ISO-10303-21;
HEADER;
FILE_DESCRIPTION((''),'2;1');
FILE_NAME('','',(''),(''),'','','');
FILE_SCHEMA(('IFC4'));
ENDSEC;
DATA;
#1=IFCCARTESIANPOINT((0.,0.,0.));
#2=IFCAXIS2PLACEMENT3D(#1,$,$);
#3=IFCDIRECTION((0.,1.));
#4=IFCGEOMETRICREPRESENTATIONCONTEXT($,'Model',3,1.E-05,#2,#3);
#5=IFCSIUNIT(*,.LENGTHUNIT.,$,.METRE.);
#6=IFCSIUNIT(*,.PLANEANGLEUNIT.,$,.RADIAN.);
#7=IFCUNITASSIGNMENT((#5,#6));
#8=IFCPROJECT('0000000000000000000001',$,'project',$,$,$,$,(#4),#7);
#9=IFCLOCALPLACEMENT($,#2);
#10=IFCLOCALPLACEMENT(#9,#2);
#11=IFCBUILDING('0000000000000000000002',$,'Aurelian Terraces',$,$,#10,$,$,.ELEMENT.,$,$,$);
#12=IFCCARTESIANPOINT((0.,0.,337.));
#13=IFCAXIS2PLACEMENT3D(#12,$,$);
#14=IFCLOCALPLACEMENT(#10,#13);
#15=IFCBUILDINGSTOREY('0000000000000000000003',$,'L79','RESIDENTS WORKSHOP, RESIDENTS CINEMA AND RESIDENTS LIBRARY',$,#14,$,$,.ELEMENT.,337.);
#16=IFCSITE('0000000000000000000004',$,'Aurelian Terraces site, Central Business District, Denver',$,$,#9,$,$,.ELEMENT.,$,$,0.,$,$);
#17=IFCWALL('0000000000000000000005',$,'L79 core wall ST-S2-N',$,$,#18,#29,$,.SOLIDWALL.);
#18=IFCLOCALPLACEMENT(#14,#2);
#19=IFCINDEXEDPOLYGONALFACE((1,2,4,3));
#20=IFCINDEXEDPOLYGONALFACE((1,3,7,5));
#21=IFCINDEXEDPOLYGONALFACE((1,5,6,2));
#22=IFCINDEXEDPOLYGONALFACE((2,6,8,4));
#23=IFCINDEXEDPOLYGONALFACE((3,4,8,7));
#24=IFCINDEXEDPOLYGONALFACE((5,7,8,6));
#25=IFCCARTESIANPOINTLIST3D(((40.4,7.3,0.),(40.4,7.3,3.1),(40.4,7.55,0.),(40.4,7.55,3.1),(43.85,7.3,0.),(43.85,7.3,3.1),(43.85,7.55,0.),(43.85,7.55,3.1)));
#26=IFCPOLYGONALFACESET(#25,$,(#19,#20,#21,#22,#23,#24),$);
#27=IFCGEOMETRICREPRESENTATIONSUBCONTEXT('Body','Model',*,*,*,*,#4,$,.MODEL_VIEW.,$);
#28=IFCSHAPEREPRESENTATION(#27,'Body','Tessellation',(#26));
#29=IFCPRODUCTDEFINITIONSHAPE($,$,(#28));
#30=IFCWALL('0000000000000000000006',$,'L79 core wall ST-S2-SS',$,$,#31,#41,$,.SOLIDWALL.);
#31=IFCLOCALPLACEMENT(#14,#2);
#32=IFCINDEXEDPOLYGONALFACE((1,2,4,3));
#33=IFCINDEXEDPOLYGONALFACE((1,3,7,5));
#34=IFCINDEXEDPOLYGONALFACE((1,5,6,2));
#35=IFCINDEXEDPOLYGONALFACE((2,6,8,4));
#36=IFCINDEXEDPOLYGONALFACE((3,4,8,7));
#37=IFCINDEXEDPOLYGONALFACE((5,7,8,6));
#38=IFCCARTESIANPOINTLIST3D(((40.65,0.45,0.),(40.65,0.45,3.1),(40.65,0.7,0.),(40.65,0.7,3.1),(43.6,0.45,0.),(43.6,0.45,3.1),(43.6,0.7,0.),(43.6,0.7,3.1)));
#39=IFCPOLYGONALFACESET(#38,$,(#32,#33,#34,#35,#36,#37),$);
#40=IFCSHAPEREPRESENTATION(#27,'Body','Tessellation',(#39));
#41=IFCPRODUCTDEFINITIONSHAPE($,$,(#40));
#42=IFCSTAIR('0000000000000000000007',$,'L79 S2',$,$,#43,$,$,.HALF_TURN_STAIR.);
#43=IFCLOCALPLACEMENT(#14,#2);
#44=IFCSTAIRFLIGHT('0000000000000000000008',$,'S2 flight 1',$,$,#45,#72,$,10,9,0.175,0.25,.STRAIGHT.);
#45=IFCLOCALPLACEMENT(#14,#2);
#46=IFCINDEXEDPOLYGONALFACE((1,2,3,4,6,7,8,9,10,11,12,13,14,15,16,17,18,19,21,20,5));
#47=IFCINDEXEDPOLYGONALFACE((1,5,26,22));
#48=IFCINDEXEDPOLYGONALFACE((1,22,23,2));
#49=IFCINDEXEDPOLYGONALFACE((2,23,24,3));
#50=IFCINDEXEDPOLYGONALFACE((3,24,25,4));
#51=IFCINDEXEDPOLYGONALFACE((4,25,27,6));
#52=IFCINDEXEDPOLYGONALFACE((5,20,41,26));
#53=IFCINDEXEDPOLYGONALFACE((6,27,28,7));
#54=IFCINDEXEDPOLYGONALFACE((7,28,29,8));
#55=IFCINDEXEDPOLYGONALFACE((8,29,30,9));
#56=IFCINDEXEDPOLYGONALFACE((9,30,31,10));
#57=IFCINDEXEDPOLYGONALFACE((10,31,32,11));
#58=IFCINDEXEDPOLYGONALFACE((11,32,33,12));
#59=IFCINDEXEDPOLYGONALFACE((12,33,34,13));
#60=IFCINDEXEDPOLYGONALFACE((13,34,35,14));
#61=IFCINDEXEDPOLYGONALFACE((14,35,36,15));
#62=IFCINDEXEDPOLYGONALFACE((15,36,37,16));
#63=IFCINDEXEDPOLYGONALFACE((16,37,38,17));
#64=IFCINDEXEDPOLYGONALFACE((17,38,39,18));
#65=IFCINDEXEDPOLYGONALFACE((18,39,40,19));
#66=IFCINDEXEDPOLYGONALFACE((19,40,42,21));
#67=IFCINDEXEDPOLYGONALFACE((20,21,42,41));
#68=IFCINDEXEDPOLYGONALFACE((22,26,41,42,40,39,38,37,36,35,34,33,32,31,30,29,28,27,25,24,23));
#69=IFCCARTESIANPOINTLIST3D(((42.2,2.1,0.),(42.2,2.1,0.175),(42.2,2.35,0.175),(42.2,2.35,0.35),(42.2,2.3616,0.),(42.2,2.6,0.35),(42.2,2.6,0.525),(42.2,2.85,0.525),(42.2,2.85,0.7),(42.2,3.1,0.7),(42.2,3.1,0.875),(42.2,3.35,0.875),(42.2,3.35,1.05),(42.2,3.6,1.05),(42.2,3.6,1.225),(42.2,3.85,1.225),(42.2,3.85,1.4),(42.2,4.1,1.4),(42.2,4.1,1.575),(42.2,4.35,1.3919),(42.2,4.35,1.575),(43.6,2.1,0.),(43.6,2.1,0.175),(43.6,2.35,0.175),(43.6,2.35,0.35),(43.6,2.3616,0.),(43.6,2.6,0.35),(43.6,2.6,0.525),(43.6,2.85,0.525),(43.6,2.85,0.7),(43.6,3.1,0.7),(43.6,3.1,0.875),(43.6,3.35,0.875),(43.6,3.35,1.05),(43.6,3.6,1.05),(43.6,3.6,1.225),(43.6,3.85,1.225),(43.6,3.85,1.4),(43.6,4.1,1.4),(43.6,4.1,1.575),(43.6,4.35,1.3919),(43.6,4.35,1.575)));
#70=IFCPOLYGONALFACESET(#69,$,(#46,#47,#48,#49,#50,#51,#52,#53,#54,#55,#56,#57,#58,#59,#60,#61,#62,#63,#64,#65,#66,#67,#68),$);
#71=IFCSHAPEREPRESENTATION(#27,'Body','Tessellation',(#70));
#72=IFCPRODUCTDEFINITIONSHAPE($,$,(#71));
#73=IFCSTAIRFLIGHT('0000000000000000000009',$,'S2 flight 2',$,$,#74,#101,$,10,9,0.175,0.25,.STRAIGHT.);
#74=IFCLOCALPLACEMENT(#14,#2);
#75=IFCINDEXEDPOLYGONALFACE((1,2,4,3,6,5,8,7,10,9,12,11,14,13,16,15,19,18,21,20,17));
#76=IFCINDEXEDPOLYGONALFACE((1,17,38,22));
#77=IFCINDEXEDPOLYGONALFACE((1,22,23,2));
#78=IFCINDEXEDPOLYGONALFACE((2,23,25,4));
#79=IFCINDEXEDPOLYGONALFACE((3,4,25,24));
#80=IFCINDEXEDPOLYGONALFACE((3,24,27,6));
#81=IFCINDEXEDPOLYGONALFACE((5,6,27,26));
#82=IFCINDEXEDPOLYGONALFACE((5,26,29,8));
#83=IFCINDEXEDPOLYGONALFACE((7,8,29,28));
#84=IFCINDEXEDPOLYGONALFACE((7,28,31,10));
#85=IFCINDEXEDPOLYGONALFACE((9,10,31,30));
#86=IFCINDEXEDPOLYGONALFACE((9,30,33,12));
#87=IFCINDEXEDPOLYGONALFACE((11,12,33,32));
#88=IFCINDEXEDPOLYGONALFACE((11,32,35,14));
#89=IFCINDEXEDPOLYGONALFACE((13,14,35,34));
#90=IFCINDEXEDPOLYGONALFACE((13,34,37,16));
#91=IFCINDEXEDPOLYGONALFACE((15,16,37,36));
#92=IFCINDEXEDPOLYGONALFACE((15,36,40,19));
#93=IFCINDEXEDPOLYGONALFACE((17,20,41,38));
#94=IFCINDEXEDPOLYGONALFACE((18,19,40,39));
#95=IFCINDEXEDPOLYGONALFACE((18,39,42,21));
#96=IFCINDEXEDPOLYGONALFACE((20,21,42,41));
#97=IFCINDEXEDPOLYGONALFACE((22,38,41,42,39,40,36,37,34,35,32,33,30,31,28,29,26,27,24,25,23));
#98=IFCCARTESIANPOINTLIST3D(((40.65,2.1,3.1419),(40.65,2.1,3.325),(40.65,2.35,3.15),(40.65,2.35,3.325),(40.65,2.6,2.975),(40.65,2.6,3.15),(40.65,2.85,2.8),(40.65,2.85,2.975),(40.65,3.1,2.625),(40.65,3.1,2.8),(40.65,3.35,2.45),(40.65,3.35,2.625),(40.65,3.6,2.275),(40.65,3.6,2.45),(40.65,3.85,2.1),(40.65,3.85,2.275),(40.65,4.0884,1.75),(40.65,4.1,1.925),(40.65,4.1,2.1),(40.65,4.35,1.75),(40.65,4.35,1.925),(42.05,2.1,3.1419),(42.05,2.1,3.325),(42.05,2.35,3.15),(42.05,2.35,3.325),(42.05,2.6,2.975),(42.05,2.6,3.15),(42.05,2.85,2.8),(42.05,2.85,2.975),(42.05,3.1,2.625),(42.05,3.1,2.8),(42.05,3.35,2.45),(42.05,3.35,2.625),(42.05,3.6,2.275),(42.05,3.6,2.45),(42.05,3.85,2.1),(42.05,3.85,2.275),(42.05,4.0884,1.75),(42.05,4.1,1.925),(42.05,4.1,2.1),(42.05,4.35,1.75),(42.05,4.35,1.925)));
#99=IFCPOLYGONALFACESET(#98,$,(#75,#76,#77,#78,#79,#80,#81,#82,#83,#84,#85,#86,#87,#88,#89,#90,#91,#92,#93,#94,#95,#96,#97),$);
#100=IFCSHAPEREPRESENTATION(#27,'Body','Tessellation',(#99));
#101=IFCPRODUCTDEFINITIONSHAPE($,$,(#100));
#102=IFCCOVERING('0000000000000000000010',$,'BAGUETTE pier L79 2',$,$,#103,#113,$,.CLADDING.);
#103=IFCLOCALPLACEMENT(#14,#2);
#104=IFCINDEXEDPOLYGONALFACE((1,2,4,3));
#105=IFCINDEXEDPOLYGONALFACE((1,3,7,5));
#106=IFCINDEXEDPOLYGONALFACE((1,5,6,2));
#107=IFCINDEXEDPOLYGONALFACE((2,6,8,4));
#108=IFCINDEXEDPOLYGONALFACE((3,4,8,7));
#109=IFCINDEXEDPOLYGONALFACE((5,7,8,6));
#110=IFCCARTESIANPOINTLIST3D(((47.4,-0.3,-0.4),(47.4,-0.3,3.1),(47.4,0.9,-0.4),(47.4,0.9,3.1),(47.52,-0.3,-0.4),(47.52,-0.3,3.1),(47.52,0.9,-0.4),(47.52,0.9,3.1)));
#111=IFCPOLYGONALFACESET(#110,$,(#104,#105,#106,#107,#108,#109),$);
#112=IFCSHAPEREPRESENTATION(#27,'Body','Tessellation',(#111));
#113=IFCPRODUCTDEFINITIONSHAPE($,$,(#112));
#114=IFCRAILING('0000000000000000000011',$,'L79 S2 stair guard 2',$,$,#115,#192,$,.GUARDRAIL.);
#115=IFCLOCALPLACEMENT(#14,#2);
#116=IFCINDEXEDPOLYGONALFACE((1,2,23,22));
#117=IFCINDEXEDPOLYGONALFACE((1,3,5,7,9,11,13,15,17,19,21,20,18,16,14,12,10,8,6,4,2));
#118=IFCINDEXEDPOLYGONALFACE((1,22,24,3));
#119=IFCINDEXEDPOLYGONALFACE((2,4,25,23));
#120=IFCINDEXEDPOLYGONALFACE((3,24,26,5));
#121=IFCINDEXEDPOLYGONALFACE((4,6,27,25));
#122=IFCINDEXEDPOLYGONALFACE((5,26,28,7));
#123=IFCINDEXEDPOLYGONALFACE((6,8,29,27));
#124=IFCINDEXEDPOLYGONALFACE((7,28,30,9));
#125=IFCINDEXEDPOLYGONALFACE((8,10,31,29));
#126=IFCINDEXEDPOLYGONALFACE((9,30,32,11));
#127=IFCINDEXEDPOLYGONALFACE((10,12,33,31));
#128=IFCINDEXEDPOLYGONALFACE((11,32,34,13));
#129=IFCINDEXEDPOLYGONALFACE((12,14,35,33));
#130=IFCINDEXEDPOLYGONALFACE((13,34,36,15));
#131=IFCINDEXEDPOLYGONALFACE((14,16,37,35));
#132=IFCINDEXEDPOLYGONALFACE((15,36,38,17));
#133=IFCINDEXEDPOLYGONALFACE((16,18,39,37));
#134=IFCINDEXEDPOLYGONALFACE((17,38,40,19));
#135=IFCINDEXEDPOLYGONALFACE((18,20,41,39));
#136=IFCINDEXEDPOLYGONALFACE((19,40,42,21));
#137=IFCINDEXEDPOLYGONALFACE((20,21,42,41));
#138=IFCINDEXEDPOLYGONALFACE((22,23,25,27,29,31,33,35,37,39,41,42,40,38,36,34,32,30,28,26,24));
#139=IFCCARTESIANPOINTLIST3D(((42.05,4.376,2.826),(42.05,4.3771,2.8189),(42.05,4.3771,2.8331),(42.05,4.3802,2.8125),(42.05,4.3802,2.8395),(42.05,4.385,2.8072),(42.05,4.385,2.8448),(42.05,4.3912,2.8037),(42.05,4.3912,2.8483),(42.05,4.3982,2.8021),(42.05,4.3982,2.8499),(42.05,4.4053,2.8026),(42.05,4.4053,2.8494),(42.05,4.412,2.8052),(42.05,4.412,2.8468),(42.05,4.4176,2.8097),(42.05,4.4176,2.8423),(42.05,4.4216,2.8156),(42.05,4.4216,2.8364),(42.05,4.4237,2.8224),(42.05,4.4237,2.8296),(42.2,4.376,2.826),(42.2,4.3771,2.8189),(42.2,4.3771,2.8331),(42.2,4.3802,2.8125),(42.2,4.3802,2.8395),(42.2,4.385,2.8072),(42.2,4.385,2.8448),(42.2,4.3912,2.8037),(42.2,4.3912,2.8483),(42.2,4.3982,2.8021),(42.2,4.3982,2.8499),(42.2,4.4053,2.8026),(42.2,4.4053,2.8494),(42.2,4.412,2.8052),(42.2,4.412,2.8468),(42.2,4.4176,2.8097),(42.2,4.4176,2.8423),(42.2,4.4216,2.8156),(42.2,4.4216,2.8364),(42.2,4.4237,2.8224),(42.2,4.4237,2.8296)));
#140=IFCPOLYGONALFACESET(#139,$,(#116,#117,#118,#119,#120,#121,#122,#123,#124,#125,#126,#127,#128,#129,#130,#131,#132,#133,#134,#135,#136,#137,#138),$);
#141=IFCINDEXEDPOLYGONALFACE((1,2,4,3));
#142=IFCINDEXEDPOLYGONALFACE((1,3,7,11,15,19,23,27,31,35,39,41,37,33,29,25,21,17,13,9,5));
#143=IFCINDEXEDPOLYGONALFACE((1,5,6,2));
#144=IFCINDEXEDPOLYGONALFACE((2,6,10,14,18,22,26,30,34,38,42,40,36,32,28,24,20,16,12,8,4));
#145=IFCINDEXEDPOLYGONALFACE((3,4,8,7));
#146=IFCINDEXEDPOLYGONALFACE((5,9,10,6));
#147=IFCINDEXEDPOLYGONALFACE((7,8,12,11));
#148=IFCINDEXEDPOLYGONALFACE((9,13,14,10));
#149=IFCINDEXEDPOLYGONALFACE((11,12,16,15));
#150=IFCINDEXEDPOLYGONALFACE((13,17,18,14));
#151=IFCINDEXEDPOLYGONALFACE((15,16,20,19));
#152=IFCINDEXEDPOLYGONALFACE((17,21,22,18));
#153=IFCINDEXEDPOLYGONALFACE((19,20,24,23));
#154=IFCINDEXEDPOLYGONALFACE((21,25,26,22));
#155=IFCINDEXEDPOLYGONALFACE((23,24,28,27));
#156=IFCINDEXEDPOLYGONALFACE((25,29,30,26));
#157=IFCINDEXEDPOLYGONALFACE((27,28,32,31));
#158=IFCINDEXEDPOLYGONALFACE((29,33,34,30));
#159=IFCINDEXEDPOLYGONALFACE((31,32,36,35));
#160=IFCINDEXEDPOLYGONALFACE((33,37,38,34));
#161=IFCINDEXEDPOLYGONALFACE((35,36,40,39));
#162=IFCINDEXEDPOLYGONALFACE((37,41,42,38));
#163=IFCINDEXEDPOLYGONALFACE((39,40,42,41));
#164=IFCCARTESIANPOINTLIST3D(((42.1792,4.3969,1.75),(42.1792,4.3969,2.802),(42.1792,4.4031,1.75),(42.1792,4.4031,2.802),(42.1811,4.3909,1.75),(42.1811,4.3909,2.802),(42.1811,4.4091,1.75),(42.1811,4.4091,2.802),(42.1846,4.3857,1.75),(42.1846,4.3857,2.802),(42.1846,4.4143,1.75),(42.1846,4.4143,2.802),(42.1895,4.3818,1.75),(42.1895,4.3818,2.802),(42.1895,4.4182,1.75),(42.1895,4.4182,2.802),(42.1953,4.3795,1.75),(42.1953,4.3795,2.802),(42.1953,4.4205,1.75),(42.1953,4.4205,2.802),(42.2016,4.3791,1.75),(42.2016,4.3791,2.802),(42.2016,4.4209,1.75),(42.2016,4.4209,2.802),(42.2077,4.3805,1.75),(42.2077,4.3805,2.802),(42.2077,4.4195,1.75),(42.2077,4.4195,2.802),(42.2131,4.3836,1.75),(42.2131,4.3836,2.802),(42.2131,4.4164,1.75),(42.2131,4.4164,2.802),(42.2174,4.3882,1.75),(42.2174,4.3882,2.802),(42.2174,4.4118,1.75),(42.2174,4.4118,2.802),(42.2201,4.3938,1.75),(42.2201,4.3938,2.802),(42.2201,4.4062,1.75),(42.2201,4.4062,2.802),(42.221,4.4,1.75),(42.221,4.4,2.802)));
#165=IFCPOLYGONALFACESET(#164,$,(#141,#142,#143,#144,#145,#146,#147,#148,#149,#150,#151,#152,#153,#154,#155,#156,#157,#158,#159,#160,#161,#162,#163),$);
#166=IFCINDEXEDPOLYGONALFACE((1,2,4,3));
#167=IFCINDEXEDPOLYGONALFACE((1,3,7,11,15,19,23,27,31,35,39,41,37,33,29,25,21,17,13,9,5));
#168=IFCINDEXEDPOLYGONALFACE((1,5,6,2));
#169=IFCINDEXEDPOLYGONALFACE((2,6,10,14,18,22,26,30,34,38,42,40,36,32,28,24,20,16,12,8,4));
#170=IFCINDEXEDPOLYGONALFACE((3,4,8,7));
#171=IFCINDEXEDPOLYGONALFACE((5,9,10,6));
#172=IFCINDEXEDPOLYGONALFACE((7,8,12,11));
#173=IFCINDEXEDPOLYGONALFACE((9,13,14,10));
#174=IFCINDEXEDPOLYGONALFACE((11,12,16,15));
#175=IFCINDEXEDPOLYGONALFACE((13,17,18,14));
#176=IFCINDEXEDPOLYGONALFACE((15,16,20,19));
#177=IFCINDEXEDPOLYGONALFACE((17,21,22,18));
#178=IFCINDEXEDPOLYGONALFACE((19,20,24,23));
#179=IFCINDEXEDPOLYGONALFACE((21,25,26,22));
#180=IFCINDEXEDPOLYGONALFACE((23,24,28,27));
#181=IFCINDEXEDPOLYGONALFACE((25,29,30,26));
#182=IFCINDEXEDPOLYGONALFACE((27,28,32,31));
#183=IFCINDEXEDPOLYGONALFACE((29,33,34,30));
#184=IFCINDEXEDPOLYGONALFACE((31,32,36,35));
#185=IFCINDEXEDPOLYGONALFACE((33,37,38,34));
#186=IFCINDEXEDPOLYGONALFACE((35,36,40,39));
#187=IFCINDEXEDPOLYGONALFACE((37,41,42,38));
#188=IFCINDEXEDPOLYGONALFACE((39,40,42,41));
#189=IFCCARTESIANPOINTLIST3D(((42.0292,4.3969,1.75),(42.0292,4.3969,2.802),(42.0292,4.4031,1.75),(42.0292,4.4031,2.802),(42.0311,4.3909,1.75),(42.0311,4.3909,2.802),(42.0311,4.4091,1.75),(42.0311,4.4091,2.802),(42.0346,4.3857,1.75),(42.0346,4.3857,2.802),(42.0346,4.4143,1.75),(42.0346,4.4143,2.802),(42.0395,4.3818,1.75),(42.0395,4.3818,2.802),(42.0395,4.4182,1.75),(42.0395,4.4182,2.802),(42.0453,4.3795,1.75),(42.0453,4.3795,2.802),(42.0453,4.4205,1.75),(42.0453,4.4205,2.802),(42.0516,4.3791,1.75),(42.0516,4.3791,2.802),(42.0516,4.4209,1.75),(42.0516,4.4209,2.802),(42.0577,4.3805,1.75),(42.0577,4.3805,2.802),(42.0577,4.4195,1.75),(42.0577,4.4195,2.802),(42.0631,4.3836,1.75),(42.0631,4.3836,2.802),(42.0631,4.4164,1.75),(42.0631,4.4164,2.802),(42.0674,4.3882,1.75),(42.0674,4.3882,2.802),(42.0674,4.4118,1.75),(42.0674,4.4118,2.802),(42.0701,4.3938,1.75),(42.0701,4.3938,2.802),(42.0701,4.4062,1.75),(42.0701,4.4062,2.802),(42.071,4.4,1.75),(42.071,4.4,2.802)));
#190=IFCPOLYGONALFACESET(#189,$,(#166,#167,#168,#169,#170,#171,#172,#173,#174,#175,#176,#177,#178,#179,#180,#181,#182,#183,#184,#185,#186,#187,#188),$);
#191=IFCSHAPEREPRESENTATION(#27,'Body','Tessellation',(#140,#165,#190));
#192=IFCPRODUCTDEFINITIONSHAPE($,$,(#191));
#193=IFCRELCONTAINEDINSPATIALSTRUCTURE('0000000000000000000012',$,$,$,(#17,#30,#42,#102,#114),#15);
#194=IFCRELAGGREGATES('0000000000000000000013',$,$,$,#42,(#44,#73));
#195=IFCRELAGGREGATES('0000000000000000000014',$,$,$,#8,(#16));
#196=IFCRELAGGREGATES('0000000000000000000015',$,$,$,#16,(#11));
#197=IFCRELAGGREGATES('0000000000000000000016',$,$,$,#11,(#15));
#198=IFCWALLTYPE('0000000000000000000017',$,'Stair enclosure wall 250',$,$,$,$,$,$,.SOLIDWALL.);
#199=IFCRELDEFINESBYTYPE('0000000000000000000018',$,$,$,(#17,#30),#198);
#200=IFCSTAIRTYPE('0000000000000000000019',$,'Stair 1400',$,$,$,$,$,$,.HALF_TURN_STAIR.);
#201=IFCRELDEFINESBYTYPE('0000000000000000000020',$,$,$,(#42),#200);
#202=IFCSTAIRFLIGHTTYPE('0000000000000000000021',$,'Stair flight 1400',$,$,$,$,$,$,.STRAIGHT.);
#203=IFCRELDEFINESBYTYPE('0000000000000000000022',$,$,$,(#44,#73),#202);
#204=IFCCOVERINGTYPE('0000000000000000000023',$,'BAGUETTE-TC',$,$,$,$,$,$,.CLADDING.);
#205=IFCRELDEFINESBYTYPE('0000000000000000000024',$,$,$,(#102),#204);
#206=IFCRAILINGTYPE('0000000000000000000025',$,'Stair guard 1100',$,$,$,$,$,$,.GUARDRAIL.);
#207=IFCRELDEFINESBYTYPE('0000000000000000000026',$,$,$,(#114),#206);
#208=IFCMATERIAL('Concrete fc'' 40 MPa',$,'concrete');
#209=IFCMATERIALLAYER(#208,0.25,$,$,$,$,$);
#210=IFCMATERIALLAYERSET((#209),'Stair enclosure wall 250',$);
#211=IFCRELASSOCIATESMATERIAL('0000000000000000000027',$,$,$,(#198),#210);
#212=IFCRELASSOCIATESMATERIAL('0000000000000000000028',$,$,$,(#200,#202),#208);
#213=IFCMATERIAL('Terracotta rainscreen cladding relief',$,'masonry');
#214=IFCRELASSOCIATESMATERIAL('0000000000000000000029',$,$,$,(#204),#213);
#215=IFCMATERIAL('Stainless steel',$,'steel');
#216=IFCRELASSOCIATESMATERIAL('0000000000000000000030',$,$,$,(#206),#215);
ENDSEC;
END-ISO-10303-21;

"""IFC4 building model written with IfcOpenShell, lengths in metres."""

from ifc_helpers import new_model, si_unit, direction, frame, frame_2d, origin, origin_2d, place, context, subcontext, project, spatial, polyline, rectangle, circle, outline, extrude, source, transform, mapped, material, layer, layer_set, type_object, element, aggregate, save


model = new_model("IFC4")

# Units and contexts
model_context = context("Model", 3, precision=1e-05, world=origin(), true_north=direction((0.0, 1.0)))
body_context = subcontext(model_context, "Body", "Model", "MODEL_VIEW")
ifc_project = project(units=[si_unit("LENGTHUNIT", "METRE"), si_unit("PLANEANGLEUNIT", "RADIAN")], contexts=[model_context])

# Site, building, storey
site_placement = place(None, origin())
site = spatial("IfcSite", under=ifc_project, at=site_placement, Name="Aurelian Terraces site, Central Business District, Denver", CompositionType="ELEMENT", RefElevation=0.0)
building_placement = place(site_placement, origin())
building = spatial("IfcBuilding", under=site, at=building_placement, Name="Aurelian Terraces", CompositionType="ELEMENT")
storey_placement = place(building_placement, frame((0.0, 0.0, 337.0)))
storey = spatial("IfcBuildingStorey", under=building, at=storey_placement, Name="L79", Description="RESIDENTS WORKSHOP, RESIDENTS CINEMA AND RESIDENTS LIBRARY", CompositionType="ELEMENT", Elevation=337.0)

# Shared definitions
ifc_material_1 = material(Name="Concrete fc' 40 MPa", Category="concrete")
ifc_layer_1 = layer(ifc_material_1, 0.25)
ifc_layer_set_1 = layer_set([ifc_layer_1], Name="Stair enclosure wall 250")
wall_type_1 = type_object("IfcWallType", Name="Stair enclosure wall 250", PredefinedType="SOLIDWALL", material=ifc_layer_set_1)

# Walls
shared_shape_1 = source(origin(), body_context, "Body", "SweptSolid", [
    extrude(rectangle(XDim=3.45, YDim=0.25, at=frame_2d((1.725, 0.0))), origin(), (0.0, 0.0, 1.0), 3.1),
])
wall_1_placement = place(storey_placement, frame((40.4, 7.425, 0.0), z_axis=(0.0, 0.0, 1.0), x_axis=(1.0, 0.0, 0.0)))
element("IfcWall", 1, at=wall_1_placement, inside=storey, type_object=wall_type_1, Name="L79 core wall ST-S2-N", PredefinedType="SOLIDWALL", context=body_context, shape_type="MappedRepresentation", body=[
    mapped(shared_shape_1, transform((0.0, 0.0, 0.0), scale=1.0)),
])
shared_shape_2 = source(origin(), body_context, "Body", "SweptSolid", [
    extrude(rectangle(XDim=2.95, YDim=0.25, at=frame_2d((1.475, 0.0))), origin(), (0.0, 0.0, 1.0), 3.1),
])
wall_2_placement = place(storey_placement, frame((40.65, 0.575, 0.0), z_axis=(0.0, 0.0, 1.0), x_axis=(1.0, 0.0, 0.0)))
element("IfcWall", 2, at=wall_2_placement, inside=storey, type_object=wall_type_1, Name="L79 core wall ST-S2-SS", PredefinedType="SOLIDWALL", context=body_context, shape_type="MappedRepresentation", body=[
    mapped(shared_shape_2, transform((0.0, 0.0, 0.0), scale=1.0)),
])

# Stair, stair flights
stair_type = type_object("IfcStairType", Name="Stair 1400", PredefinedType="HALF_TURN_STAIR", material=ifc_material_1)
stair_placement = place(storey_placement, origin())
stair = element("IfcStair", 3, at=stair_placement, inside=storey, type_object=stair_type, Name="L79 S2", PredefinedType="HALF_TURN_STAIR")
stair_flight_type = type_object("IfcStairFlightType", Name="Stair flight 1400", PredefinedType="STRAIGHT", material=ifc_material_1)
shared_shape_3 = source(origin(), body_context, "Body", "SweptSolid", [
    extrude(outline(polyline([(0.0, 0.0), (0.0, 0.175), (0.25, 0.175), (0.25, 0.35), (0.5, 0.35), (0.5, 0.525), (0.75, 0.525), (0.75, 0.7), (1.0, 0.7), (1.0, 0.875), (1.25, 0.875), (1.25, 1.05), (1.5, 1.05), (1.5, 1.225), (1.75, 1.225), (1.75, 1.4), (2.0, 1.4), (2.0, 1.575), (2.25, 1.575), (2.25, 1.75), (2.25, 1.3919), (0.2616, 0.0), (0.0, 0.0)])), frame((0.0, 0.7, 0.0), z_axis=(0.0, -1.0, 0.0), x_axis=(1.0, 0.0, 0.0)), (0.0, 0.0, 1.0), 1.4),
])
stair_flight_1_placement = place(storey_placement, frame((42.9, 2.1, 0.0), z_axis=(0.0, 0.0, 1.0), x_axis=(0.0, 1.0, 0.0)))
stair_flight_1 = element("IfcStairFlight", 4, at=stair_flight_1_placement, type_object=stair_flight_type, Name="S2 flight 1", NumberOfRisers=10, NumberOfTreads=9, PredefinedType="STRAIGHT", RiserHeight=0.175, TreadLength=0.25, context=body_context, shape_type="MappedRepresentation", body=[
    mapped(shared_shape_3, transform((0.0, 0.0, 0.0), scale=1.0)),
])
stair_flight_2_placement = place(storey_placement, frame((41.35, 4.35, 1.75), z_axis=(0.0, 0.0, 1.0), x_axis=(0.0, -1.0, 0.0)))
stair_flight_2 = element("IfcStairFlight", 5, at=stair_flight_2_placement, type_object=stair_flight_type, Name="S2 flight 2", NumberOfRisers=10, NumberOfTreads=9, PredefinedType="STRAIGHT", RiserHeight=0.175, TreadLength=0.25, context=body_context, shape_type="MappedRepresentation", body=[
    mapped(shared_shape_3, transform((0.0, 0.0, 0.0), scale=1.0)),
])
aggregate(stair, [stair_flight_1, stair_flight_2])

# Covering
ifc_material_2 = material(Name="Terracotta rainscreen cladding relief", Category="masonry")
covering_type = type_object("IfcCoveringType", Name="BAGUETTE-TC", PredefinedType="CLADDING", material=ifc_material_2)
shared_shape_4 = source(origin(), body_context, "Body", "SweptSolid", [
    extrude(rectangle(XDim=0.12, YDim=1.2, at=origin_2d()), origin(), (0.0, 0.0, 1.0), 3.5),
])
covering_placement = place(storey_placement, frame((47.46, 0.3, -0.4), z_axis=(0.0, 0.0, 1.0), x_axis=(1.0, 0.0, 0.0)))
element("IfcCovering", 6, at=covering_placement, inside=storey, type_object=covering_type, Name="BAGUETTE pier L79 2", PredefinedType="CLADDING", context=body_context, shape_type="MappedRepresentation", body=[
    mapped(shared_shape_4, transform((0.0, 0.0, 0.0), scale=1.0)),
])

# Railing
ifc_material_3 = material(Name="Stainless steel", Category="steel")
railing_type_1 = type_object("IfcRailingType", Name="Stair guard 1100", PredefinedType="GUARDRAIL", material=ifc_material_3)
shared_shape_5 = source(origin(), body_context, "Body", "SweptSolid", [
    extrude(circle(Radius=0.024, at=origin_2d()), frame((0.0, 0.0, 1.076), z_axis=(-1.0, 0.0, 0.0), x_axis=(0.0, -1.0, 0.0)), (0.0, 0.0, 1.0), 0.15),
    extrude(circle(Radius=0.021, at=origin_2d()), origin(), (0.0, 0.0, 1.0), 1.052),
    extrude(circle(Radius=0.021, at=origin_2d()), frame((-0.15, 0.0, 0.0)), (0.0, 0.0, 1.0), 1.052),
])
for number, where, name in (
    (7, (42.2, 4.4, 1.75), "L79 S2 stair guard 2"),
):
    element("IfcRailing", number, at=place(storey_placement, frame(where)), inside=storey, type_object=railing_type_1, Name=name, PredefinedType="GUARDRAIL", context=body_context, shape_type="MappedRepresentation", body=[
        mapped(shared_shape_5, transform((0.0, 0.0, 0.0), scale=1.0)),
    ])

save(model, "model.ifc")
